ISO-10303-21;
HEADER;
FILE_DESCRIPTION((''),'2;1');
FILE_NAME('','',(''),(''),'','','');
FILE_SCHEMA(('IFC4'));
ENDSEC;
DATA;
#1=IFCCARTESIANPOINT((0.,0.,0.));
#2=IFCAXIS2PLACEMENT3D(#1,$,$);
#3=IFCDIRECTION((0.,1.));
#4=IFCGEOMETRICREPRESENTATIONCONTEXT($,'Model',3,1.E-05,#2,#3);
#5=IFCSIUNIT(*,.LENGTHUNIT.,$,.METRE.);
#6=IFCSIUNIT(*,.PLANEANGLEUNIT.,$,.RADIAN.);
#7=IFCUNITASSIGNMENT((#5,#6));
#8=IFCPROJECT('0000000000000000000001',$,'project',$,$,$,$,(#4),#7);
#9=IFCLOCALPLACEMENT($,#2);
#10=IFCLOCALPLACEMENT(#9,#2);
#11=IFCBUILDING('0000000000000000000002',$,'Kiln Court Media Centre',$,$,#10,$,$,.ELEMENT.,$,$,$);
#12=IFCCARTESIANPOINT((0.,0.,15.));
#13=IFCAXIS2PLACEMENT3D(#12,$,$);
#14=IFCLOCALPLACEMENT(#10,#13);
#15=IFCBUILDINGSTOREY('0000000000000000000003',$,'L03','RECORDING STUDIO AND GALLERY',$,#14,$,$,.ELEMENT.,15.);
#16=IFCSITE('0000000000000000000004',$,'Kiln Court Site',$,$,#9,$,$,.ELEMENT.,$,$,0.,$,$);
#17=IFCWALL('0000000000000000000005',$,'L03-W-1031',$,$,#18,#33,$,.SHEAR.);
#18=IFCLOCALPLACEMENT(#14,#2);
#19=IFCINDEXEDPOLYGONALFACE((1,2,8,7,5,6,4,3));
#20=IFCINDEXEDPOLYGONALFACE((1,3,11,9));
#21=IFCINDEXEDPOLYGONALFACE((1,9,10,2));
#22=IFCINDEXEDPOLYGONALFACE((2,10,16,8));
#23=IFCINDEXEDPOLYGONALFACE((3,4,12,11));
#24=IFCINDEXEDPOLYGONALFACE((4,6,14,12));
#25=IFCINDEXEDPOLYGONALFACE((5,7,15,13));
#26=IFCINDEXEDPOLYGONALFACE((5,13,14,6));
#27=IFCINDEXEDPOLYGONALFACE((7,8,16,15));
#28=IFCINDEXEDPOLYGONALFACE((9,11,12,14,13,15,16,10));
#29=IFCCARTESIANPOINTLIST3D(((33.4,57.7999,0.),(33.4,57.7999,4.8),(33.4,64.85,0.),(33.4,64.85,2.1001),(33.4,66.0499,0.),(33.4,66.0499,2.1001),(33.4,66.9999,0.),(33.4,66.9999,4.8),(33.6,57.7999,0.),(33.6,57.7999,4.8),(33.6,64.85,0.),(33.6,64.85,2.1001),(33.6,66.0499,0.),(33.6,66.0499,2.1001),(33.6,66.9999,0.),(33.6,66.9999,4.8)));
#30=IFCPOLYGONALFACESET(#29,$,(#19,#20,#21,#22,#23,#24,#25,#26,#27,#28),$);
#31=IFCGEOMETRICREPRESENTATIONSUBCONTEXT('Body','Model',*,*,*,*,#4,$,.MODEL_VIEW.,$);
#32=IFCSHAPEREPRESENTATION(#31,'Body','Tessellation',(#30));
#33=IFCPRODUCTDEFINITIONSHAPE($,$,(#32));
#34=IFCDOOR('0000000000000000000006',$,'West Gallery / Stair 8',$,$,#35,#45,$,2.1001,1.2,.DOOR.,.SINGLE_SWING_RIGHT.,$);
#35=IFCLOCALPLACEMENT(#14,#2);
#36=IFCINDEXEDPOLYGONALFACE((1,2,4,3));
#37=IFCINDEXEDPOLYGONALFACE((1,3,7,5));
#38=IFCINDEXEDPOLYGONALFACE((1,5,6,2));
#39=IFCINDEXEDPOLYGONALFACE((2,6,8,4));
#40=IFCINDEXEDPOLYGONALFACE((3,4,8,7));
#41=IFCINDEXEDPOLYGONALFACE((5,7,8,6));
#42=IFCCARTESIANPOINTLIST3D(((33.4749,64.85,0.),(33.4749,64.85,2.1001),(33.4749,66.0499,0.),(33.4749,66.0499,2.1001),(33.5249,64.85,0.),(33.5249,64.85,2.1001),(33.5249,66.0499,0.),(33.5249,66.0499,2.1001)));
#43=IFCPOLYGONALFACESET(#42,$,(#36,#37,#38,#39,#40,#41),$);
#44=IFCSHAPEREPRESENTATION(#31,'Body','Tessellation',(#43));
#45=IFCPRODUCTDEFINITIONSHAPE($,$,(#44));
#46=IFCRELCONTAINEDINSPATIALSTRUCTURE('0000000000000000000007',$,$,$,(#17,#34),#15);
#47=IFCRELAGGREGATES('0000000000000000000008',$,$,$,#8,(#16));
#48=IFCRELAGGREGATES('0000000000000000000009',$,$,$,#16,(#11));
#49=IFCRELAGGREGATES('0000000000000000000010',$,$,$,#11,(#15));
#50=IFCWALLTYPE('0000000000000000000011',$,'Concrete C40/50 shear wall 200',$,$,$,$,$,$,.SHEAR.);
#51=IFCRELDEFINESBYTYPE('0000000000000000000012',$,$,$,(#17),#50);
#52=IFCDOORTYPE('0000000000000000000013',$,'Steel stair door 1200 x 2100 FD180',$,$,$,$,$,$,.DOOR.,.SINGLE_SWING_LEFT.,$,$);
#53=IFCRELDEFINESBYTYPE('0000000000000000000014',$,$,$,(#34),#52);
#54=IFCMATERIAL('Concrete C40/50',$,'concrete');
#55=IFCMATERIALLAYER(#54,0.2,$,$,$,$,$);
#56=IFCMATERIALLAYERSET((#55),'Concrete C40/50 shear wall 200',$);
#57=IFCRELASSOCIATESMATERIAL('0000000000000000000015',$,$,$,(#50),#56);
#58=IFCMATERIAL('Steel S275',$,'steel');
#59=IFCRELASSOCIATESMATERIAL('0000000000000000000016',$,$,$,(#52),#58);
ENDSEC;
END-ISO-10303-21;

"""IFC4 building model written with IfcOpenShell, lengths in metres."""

from ifc_helpers import new_model, si_unit, direction, frame, frame_2d, origin, place, context, subcontext, project, spatial, rectangle, extrude, material, layer, layer_set, type_object, element, fill, save


model = new_model("IFC4")

# Units and contexts
model_context = context("Model", 3, precision=1e-05, world=origin(), true_north=direction((0.0, 1.0)))
body_context = subcontext(model_context, "Body", "Model", "MODEL_VIEW")
ifc_project = project(units=[si_unit("LENGTHUNIT", "METRE"), si_unit("PLANEANGLEUNIT", "RADIAN")], contexts=[model_context])

# Site, building, storey
site_placement = place(None, origin())
site = spatial("IfcSite", under=ifc_project, at=site_placement, Name="Kiln Court Site", CompositionType="ELEMENT", RefElevation=0.0)
building_placement = place(site_placement, origin())
building = spatial("IfcBuilding", under=site, at=building_placement, Name="Kiln Court Media Centre", CompositionType="ELEMENT")
storey_placement = place(building_placement, frame((0.0, 0.0, 15.0)))
storey = spatial("IfcBuildingStorey", under=building, at=storey_placement, Name="L03", Description="RECORDING STUDIO AND GALLERY", CompositionType="ELEMENT", Elevation=15.0)

# Shared definitions
ifc_material_1 = material(Name="Concrete C40/50", Category="concrete")
ifc_layer_1 = layer(ifc_material_1, 0.2)
ifc_layer_set_1 = layer_set([ifc_layer_1], Name="Concrete C40/50 shear wall 200")
wall_type_1 = type_object("IfcWallType", Name="Concrete C40/50 shear wall 200", PredefinedType="SHEAR", material=ifc_layer_set_1)

# Wall, opening, door
wall_1_placement = place(storey_placement, frame((33.5, 67.0, 0.0), z_axis=(0.0, 0.0, 1.0), x_axis=(0.0, -1.0, 0.0)))
wall_1 = element("IfcWall", 1, at=wall_1_placement, inside=storey, type_object=wall_type_1, Name="L03-W-1031", PredefinedType="SHEAR", context=body_context, shape_type="SweptSolid", body=[
    extrude(rectangle(XDim=9.2, YDim=0.2, at=frame_2d((4.6001, 0.0))), origin(), (0.0, 0.0, 1.0), 4.8),
])
opening_placement = place(wall_1_placement, frame((0.95, 0.0, 0.0)))
opening = element("IfcOpeningElement", 2, at=opening_placement, cuts=wall_1, PredefinedType="OPENING", context=body_context, shape_type="SweptSolid", body=[
    extrude(rectangle(XDim=1.2, YDim=2.1001, at=frame_2d((0.6001, 1.05))), frame((0.0, 0.1099, 0.0), z_axis=(0.0, -1.0, 0.0), x_axis=(1.0, 0.0, 0.0)), (0.0, 0.0, 1.0), 0.22),
])
ifc_material_2 = material(Name="Steel S275", Category="steel")
door_type = type_object("IfcDoorType", Name="Steel stair door 1200 x 2100 FD180", OperationType="SINGLE_SWING_LEFT", PredefinedType="DOOR", material=ifc_material_2)
door_placement = place(opening_placement, origin())
door = element("IfcDoor", 3, at=door_placement, inside=storey, type_object=door_type, Name="West Gallery / Stair 8", OperationType="SINGLE_SWING_RIGHT", OverallHeight=2.1001, OverallWidth=1.2, PredefinedType="DOOR", context=body_context, shape_type="SweptSolid", body=[
    extrude(rectangle(XDim=1.2, YDim=2.1001, at=frame_2d((0.6001, 1.05))), frame((0.0, 0.0249, 0.0), z_axis=(0.0, -1.0, 0.0), x_axis=(1.0, 0.0, 0.0)), (0.0, 0.0, 1.0), 0.05),
])
fill(opening, door)

save(model, "model.ifc")
